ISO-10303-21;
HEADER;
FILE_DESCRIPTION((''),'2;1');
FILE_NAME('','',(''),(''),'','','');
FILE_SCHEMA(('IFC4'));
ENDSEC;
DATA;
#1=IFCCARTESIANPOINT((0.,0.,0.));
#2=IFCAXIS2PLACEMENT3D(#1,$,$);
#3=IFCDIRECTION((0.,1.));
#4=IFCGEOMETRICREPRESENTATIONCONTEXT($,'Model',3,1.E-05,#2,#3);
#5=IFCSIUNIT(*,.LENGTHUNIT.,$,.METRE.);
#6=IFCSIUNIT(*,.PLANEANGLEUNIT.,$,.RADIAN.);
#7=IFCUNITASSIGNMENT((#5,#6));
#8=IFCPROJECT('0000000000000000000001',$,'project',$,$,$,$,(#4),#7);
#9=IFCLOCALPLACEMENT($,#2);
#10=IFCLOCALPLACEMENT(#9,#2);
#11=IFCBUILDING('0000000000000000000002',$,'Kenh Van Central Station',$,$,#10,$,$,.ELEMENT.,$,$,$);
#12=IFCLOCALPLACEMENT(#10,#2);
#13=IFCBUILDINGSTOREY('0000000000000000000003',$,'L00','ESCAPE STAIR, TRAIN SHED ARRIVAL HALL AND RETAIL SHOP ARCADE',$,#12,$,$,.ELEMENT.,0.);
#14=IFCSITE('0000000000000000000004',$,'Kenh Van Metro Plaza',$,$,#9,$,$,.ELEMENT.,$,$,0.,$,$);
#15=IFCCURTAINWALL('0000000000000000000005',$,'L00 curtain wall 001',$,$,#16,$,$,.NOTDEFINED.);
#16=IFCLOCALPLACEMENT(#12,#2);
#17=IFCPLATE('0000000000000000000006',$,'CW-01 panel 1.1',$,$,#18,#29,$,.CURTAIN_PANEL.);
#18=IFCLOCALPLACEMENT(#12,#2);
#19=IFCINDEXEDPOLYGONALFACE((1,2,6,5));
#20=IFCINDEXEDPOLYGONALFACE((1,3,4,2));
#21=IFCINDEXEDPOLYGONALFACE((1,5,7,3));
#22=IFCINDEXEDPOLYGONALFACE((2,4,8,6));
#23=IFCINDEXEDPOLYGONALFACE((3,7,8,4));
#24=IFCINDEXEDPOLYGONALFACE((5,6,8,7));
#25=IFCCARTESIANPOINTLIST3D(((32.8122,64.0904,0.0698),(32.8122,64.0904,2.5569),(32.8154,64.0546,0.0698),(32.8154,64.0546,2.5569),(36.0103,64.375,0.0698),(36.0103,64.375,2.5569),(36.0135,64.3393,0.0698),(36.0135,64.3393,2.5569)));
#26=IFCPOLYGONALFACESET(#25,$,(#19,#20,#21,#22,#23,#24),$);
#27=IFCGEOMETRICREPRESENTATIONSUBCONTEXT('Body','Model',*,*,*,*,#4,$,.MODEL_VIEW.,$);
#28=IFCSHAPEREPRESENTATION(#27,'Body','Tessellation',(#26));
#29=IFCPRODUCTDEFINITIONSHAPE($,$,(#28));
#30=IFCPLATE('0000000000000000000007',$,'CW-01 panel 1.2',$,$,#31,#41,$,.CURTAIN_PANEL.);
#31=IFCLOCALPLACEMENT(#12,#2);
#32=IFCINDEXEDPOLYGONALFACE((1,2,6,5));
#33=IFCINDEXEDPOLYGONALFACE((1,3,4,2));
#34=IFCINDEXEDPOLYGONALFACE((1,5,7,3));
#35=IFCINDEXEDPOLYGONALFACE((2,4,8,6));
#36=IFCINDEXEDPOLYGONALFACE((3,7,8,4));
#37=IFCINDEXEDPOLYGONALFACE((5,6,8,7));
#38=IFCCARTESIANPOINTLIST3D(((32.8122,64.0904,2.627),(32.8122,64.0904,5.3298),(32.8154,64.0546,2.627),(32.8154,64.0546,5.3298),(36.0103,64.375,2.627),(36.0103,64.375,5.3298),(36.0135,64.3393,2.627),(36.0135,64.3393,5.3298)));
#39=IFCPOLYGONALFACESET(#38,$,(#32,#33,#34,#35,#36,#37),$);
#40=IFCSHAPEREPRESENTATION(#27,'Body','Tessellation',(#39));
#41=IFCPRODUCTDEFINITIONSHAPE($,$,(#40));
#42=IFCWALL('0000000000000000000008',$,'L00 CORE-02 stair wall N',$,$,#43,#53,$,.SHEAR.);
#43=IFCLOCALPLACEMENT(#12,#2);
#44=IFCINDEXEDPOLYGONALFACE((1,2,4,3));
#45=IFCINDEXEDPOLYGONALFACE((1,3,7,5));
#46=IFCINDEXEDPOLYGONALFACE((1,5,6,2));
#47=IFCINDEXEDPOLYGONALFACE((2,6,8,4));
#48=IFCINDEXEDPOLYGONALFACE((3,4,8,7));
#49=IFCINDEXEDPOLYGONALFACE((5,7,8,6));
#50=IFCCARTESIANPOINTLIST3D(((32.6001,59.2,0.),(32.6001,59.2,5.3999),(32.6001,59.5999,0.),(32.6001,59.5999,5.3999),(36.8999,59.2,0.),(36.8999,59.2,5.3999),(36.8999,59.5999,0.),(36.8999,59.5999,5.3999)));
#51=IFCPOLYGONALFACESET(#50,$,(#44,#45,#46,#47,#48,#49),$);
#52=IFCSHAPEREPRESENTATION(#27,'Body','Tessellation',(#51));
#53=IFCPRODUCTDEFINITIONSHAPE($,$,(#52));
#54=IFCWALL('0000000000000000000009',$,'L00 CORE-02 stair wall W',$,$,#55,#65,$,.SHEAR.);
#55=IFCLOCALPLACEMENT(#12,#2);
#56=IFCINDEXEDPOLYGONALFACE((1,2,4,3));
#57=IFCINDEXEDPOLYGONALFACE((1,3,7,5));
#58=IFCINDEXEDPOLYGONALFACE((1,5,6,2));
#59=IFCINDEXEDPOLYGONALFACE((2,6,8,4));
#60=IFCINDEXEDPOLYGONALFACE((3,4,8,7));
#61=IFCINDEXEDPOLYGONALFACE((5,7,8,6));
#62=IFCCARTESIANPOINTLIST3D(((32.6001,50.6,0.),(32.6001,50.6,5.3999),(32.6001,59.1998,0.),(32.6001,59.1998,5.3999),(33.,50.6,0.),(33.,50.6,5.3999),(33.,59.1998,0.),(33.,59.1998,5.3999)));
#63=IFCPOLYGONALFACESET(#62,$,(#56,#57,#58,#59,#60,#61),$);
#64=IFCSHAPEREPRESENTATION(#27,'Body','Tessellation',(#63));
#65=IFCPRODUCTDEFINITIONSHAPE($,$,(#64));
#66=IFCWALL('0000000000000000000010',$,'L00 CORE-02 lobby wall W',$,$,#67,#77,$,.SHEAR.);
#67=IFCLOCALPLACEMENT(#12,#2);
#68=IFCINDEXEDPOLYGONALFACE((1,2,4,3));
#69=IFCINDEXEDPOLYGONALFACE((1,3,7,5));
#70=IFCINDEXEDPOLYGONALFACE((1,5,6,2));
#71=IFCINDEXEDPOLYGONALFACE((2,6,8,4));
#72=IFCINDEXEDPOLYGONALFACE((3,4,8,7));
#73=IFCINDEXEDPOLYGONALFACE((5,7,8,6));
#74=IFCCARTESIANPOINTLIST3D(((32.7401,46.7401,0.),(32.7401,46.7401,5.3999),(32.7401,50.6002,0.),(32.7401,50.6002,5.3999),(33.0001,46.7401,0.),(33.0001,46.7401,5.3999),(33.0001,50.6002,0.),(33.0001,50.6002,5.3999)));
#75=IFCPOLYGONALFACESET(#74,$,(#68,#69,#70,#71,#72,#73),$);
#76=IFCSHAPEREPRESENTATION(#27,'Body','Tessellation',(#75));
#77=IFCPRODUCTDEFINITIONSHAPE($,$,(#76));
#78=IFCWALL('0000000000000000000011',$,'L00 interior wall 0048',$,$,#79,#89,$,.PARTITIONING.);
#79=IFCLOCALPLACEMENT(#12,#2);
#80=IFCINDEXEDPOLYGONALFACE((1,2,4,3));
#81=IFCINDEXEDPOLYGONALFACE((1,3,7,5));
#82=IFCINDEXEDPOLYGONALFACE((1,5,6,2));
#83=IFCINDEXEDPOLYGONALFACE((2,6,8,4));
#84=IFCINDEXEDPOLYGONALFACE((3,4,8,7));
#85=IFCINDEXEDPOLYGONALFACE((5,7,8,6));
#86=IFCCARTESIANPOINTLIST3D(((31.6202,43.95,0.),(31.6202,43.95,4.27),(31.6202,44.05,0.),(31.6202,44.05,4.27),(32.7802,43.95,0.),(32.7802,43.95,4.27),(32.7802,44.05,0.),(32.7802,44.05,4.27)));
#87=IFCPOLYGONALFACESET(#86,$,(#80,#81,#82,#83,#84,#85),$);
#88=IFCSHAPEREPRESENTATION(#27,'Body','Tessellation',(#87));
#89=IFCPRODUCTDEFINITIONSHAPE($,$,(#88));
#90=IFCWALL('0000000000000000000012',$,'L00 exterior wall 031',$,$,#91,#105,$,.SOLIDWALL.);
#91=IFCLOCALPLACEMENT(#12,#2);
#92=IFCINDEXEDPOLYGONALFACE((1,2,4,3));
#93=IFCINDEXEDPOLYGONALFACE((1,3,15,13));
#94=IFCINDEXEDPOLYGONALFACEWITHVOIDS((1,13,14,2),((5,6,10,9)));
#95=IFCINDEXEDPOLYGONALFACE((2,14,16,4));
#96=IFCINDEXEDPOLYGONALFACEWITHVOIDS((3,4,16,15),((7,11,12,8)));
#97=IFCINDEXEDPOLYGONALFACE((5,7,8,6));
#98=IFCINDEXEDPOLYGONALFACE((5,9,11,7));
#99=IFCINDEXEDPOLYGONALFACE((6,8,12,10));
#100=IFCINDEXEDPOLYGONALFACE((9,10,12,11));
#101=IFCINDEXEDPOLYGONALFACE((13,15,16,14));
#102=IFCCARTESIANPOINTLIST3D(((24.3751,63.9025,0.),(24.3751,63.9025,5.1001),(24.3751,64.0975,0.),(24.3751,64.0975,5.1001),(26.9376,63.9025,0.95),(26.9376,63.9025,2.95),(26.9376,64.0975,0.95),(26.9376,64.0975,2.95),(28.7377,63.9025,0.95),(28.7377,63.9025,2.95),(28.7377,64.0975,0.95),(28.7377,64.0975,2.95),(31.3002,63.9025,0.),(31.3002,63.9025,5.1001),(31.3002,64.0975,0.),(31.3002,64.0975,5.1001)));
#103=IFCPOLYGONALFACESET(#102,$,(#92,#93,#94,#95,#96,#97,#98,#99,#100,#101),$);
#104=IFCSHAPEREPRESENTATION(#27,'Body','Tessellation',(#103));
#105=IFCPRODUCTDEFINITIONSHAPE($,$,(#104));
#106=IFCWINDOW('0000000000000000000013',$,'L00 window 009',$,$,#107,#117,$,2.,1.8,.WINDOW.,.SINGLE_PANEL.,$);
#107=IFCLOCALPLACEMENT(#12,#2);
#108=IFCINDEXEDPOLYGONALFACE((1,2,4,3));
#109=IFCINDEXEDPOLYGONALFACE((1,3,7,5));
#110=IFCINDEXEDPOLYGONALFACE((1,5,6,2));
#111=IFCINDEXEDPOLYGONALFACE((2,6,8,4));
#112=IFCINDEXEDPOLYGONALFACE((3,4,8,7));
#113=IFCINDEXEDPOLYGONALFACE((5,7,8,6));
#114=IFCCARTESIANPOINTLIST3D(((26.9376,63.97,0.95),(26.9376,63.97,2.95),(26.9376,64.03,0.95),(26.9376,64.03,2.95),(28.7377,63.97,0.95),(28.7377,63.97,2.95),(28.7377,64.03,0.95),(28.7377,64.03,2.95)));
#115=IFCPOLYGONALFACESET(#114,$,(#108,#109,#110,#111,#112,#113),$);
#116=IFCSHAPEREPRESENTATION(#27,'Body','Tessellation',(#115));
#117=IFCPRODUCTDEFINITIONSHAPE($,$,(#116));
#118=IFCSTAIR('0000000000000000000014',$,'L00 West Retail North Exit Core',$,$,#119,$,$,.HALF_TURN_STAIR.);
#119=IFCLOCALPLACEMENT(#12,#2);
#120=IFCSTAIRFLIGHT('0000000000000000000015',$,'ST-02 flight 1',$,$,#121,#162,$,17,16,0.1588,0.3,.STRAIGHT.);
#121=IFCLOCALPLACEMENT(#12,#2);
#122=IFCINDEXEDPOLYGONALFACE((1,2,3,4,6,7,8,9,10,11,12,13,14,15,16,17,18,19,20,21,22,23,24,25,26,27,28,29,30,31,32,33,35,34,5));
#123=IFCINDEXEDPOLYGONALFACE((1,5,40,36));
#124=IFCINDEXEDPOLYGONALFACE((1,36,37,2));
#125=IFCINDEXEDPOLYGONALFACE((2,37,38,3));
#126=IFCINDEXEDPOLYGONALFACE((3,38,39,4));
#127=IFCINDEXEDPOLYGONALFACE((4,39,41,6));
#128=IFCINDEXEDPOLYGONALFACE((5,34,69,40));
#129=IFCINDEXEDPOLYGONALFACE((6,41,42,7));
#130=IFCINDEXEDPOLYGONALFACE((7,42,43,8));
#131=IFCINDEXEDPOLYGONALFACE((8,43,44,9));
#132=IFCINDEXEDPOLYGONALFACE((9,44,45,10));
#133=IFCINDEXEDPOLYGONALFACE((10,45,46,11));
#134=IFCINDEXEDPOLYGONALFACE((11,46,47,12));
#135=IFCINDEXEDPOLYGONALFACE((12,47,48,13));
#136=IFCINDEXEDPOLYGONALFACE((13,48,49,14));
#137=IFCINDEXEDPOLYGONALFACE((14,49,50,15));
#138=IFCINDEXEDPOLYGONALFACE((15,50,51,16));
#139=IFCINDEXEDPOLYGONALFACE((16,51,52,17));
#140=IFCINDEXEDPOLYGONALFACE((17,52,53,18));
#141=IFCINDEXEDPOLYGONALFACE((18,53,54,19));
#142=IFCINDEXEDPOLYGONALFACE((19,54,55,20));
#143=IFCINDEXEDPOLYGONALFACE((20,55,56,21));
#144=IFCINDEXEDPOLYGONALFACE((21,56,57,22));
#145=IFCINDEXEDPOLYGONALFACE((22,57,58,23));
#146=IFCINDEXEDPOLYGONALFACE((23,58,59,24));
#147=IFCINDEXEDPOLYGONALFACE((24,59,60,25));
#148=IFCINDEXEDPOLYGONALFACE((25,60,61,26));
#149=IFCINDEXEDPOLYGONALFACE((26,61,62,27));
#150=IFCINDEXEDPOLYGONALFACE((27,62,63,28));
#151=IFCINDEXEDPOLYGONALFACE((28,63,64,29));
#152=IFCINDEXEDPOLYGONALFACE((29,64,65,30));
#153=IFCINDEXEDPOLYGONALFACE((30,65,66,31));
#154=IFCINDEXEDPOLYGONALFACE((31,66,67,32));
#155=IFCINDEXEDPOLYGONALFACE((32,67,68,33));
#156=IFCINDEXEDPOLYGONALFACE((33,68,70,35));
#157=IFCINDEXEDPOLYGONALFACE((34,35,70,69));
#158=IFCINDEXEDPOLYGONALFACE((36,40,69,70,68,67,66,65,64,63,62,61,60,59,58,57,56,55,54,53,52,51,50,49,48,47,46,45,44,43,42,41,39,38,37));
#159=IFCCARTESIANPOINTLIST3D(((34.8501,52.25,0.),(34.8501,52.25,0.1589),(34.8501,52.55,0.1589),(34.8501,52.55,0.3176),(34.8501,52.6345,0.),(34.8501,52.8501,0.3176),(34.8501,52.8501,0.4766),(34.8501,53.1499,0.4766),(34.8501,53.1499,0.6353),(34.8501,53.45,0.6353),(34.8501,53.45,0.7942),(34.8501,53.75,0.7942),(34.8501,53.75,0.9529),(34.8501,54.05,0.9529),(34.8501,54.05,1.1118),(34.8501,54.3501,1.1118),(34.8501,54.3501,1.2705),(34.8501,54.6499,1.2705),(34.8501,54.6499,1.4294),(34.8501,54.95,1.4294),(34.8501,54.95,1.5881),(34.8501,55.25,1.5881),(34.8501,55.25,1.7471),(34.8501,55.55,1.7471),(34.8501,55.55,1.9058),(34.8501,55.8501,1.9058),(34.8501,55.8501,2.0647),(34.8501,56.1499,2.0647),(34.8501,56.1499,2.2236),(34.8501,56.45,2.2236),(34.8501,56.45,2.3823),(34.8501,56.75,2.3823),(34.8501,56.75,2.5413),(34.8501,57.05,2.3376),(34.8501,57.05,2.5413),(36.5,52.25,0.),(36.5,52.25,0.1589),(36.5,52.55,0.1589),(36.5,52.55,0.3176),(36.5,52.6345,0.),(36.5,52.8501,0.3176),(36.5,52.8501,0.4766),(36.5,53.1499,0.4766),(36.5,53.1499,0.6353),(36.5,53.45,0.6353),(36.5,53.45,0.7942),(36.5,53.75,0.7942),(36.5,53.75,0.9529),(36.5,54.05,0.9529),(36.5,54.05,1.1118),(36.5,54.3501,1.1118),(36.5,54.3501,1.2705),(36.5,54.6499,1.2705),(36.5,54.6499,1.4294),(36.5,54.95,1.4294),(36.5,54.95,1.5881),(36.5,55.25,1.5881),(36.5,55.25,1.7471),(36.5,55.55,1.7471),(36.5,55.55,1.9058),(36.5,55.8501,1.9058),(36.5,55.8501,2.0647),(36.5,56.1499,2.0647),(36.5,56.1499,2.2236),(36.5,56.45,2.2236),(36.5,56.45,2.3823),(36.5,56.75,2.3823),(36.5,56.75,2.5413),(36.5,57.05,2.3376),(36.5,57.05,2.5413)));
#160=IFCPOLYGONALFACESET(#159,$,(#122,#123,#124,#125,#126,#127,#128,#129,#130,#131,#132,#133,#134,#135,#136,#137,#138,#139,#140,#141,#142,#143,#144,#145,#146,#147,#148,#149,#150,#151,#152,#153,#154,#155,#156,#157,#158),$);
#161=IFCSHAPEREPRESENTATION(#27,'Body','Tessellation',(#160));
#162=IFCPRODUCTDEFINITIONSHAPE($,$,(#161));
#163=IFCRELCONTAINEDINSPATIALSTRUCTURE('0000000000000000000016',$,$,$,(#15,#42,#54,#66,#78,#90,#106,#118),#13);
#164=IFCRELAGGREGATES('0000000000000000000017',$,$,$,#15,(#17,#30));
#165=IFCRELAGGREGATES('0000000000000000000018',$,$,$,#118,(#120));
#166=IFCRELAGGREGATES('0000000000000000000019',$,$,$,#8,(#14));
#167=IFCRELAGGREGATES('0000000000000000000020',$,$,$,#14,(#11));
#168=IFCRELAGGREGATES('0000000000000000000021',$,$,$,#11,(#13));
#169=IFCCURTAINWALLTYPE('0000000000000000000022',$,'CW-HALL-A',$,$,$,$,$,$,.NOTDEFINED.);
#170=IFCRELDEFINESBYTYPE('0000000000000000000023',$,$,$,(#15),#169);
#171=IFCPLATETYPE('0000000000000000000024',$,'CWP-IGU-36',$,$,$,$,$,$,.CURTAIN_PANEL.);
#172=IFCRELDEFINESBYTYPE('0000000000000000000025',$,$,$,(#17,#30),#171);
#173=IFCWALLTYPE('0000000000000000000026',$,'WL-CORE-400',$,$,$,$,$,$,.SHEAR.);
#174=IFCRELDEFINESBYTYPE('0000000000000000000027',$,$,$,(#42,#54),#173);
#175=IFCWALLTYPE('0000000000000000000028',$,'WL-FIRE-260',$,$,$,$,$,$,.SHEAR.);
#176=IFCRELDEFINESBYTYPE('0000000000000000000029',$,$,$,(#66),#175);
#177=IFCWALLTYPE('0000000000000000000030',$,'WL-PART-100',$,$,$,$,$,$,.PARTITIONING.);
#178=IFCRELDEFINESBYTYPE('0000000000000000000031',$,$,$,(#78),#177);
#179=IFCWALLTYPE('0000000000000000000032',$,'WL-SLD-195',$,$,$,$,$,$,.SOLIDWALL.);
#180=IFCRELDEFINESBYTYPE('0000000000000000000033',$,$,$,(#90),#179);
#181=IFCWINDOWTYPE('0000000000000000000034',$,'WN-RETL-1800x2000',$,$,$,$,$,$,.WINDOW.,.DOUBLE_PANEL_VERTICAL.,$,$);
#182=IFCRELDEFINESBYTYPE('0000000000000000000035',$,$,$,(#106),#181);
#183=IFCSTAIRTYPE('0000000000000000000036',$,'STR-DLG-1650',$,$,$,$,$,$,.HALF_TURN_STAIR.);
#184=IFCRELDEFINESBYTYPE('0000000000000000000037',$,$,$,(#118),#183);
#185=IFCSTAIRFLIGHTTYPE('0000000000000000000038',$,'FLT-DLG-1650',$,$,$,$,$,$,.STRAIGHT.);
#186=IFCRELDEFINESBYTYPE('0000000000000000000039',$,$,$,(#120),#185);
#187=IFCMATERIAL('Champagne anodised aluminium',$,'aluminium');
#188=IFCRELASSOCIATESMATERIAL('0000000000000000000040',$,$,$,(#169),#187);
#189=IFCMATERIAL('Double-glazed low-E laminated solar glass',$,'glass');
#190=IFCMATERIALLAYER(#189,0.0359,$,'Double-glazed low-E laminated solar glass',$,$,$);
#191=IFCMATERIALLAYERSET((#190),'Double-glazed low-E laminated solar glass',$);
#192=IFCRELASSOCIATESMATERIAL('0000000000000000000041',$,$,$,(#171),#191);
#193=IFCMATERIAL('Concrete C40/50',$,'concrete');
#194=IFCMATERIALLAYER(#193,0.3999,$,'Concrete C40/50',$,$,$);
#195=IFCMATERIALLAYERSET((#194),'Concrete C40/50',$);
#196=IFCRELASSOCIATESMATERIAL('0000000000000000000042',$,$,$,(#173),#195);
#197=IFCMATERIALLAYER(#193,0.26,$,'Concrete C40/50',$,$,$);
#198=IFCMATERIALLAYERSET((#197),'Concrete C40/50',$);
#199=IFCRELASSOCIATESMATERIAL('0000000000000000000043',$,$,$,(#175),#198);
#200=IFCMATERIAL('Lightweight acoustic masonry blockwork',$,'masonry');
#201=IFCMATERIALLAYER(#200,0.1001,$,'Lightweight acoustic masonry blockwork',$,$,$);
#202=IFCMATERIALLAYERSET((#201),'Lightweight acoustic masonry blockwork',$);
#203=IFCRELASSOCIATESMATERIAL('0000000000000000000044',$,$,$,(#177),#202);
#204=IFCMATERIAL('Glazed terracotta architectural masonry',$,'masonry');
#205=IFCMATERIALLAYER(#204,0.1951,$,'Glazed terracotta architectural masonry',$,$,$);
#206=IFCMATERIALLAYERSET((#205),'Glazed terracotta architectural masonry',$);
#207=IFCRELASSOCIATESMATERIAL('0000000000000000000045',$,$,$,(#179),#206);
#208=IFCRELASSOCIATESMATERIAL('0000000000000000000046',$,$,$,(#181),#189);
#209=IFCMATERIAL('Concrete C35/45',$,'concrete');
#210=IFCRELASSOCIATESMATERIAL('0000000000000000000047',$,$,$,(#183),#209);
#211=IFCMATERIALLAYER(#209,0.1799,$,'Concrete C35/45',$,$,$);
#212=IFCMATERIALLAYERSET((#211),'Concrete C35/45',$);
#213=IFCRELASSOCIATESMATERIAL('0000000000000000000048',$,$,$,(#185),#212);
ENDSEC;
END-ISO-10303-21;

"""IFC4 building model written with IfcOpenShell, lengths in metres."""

from ifc_helpers import new_model, si_unit, direction, frame, frame_2d, origin, origin_2d, place, context, subcontext, project, spatial, polyline, rectangle, outline, extrude, material, layer, layer_set, type_object, element, fill, aggregate, save


model = new_model("IFC4")

# Units and contexts
model_context = context("Model", 3, precision=1e-05, world=origin(), true_north=direction((0.0, 1.0)))
body_context = subcontext(model_context, "Body", "Model", "MODEL_VIEW")
ifc_project = project(units=[si_unit("LENGTHUNIT", "METRE"), si_unit("PLANEANGLEUNIT", "RADIAN")], contexts=[model_context])

# Site, building, storey
site_placement = place(None, origin())
site = spatial("IfcSite", under=ifc_project, at=site_placement, Name="Kenh Van Metro Plaza", CompositionType="ELEMENT", RefElevation=0.0)
building_placement = place(site_placement, origin())
building = spatial("IfcBuilding", under=site, at=building_placement, Name="Kenh Van Central Station", CompositionType="ELEMENT")
storey_placement = place(building_placement, origin())
storey = spatial("IfcBuildingStorey", under=building, at=storey_placement, Name="L00", Description="ESCAPE STAIR, TRAIN SHED ARRIVAL HALL AND RETAIL SHOP ARCADE", CompositionType="ELEMENT", Elevation=0.0)

# Shared definitions
ifc_material_1 = material(Name="Concrete C40/50", Category="concrete")

# Shared definitions
ifc_material_2 = material(Name="Concrete C35/45", Category="concrete")

# Curtain wall
ifc_material_3 = material(Name="Champagne anodised aluminium", Category="aluminium")
curtain_wall_type = type_object("IfcCurtainWallType", Name="CW-HALL-A", PredefinedType="NOTDEFINED", material=ifc_material_3)
curtain_wall_placement = place(storey_placement, origin())
curtain_wall = element("IfcCurtainWall", 1, at=curtain_wall_placement, inside=storey, type_object=curtain_wall_type, Name="L00 curtain wall 001", PredefinedType="NOTDEFINED")

# Plates
ifc_material_4 = material(Name="Double-glazed low-E laminated solar glass", Category="glass")
ifc_layer_1 = layer(ifc_material_4, 0.0359, Name="Double-glazed low-E laminated solar glass")
ifc_layer_set_1 = layer_set([ifc_layer_1], Name="Double-glazed low-E laminated solar glass")
plate_type = type_object("IfcPlateType", Name="CWP-IGU-36", PredefinedType="CURTAIN_PANEL", material=ifc_layer_set_1)
plate_1_placement = place(storey_placement, frame((34.4128, 64.2148, 0.0698), z_axis=(0.0, 0.0, 1.0), x_axis=(0.996062, 0.08866, 0.0)))
plate_1 = element("IfcPlate", 2, at=plate_1_placement, type_object=plate_type, Name="CW-01 panel 1.1", PredefinedType="CURTAIN_PANEL", context=body_context, shape_type="SweptSolid", body=[
    extrude(rectangle(XDim=3.2107, YDim=0.0359, at=origin_2d()), origin(), (0.0, 0.0, 1.0), 2.4871),
])
plate_2_placement = place(storey_placement, frame((34.4128, 64.2148, 2.627), z_axis=(0.0, 0.0, 1.0), x_axis=(0.996062, 0.08866, 0.0)))
plate_2 = element("IfcPlate", 3, at=plate_2_placement, type_object=plate_type, Name="CW-01 panel 1.2", PredefinedType="CURTAIN_PANEL", context=body_context, shape_type="SweptSolid", body=[
    extrude(rectangle(XDim=3.2107, YDim=0.0359, at=origin_2d()), origin(), (0.0, 0.0, 1.0), 2.7029),
])
aggregate(curtain_wall, [plate_1, plate_2])

# Shared definitions
ifc_layer_2 = layer(ifc_material_1, 0.3999, Name="Concrete C40/50")
ifc_layer_set_2 = layer_set([ifc_layer_2], Name="Concrete C40/50")
wall_type_1 = type_object("IfcWallType", Name="WL-CORE-400", PredefinedType="SHEAR", material=ifc_layer_set_2)

# Walls
wall_1_placement = place(storey_placement, frame((32.6001, 59.3999, 0.0), z_axis=(0.0, 0.0, 1.0), x_axis=(1.0, 0.0, 0.0)))
element("IfcWall", 4, at=wall_1_placement, inside=storey, type_object=wall_type_1, Name="L00 CORE-02 stair wall N", PredefinedType="SHEAR", context=body_context, shape_type="SweptSolid", body=[
    extrude(rectangle(XDim=4.2998, YDim=0.3999, at=frame_2d((2.1499, 0.0))), origin(), (0.0, 0.0, 1.0), 5.3999),
])
wall_2_placement = place(storey_placement, frame((32.8, 50.6001, 0.0), z_axis=(0.0, 0.0, 1.0), x_axis=(0.0, 1.0, 0.0)))
element("IfcWall", 5, at=wall_2_placement, inside=storey, type_object=wall_type_1, Name="L00 CORE-02 stair wall W", PredefinedType="SHEAR", context=body_context, shape_type="SweptSolid", body=[
    extrude(rectangle(XDim=8.5999, YDim=0.3999, at=frame_2d((4.2998, 0.0))), origin(), (0.0, 0.0, 1.0), 5.3999),
])
ifc_layer_3 = layer(ifc_material_1, 0.26, Name="Concrete C40/50")
ifc_layer_set_3 = layer_set([ifc_layer_3], Name="Concrete C40/50")
wall_type_2 = type_object("IfcWallType", Name="WL-FIRE-260", PredefinedType="SHEAR", material=ifc_layer_set_3)
wall_3_placement = place(storey_placement, frame((32.8701, 46.74, 0.0), z_axis=(0.0, 0.0, 1.0), x_axis=(0.0, 1.0, 0.0)))
element("IfcWall", 6, at=wall_3_placement, inside=storey, type_object=wall_type_2, Name="L00 CORE-02 lobby wall W", PredefinedType="SHEAR", context=body_context, shape_type="SweptSolid", body=[
    extrude(rectangle(XDim=3.8601, YDim=0.26, at=frame_2d((1.9302, 0.0))), origin(), (0.0, 0.0, 1.0), 5.3999),
])
ifc_material_5 = material(Name="Lightweight acoustic masonry blockwork", Category="masonry")
ifc_layer_4 = layer(ifc_material_5, 0.1001, Name="Lightweight acoustic masonry blockwork")
ifc_layer_set_4 = layer_set([ifc_layer_4], Name="Lightweight acoustic masonry blockwork")
wall_type_3 = type_object("IfcWallType", Name="WL-PART-100", PredefinedType="PARTITIONING", material=ifc_layer_set_4)
wall_4_placement = place(storey_placement, frame((31.6201, 44.0, 0.0), z_axis=(0.0, 0.0, 1.0), x_axis=(1.0, 0.0, 0.0)))
element("IfcWall", 7, at=wall_4_placement, inside=storey, type_object=wall_type_3, Name="L00 interior wall 0048", PredefinedType="PARTITIONING", context=body_context, shape_type="SweptSolid", body=[
    extrude(rectangle(XDim=1.1599, YDim=0.1001, at=frame_2d((0.5801, 0.0))), origin(), (0.0, 0.0, 1.0), 4.27),
])

# Wall, opening, window
ifc_material_6 = material(Name="Glazed terracotta architectural masonry", Category="masonry")
ifc_layer_5 = layer(ifc_material_6, 0.1951, Name="Glazed terracotta architectural masonry")
ifc_layer_set_5 = layer_set([ifc_layer_5], Name="Glazed terracotta architectural masonry")
wall_type_4 = type_object("IfcWallType", Name="WL-SLD-195", PredefinedType="SOLIDWALL", material=ifc_layer_set_5)
wall_5_placement = place(storey_placement, frame((31.3, 64.0, 0.0), z_axis=(0.0, 0.0, 1.0), x_axis=(-1.0, 0.0, 0.0)))
wall_5 = element("IfcWall", 8, at=wall_5_placement, inside=storey, type_object=wall_type_4, Name="L00 exterior wall 031", PredefinedType="SOLIDWALL", context=body_context, shape_type="SweptSolid", body=[
    extrude(rectangle(XDim=6.925, YDim=0.1951, at=frame_2d((3.4624, 0.0))), origin(), (0.0, 0.0, 1.0), 5.1001),
])
opening_1_placement = place(wall_5_placement, frame((2.5625, 0.0, 0.95)))
opening_1 = element("IfcOpeningElement", 9, at=opening_1_placement, cuts=wall_5, PredefinedType="OPENING", context=body_context, shape_type="SweptSolid", body=[
    extrude(rectangle(XDim=1.8, YDim=2.0, at=frame_2d((0.8999, 1.0))), frame((0.0, 0.1074, 0.0), z_axis=(0.0, -1.0, 0.0), x_axis=(1.0, 0.0, 0.0)), (0.0, 0.0, 1.0), 0.2151),
])
window_type = type_object("IfcWindowType", Name="WN-RETL-1800x2000", PartitioningType="DOUBLE_PANEL_VERTICAL", PredefinedType="WINDOW", material=ifc_material_4)
window_placement = place(opening_1_placement, origin())
window = element("IfcWindow", 10, at=window_placement, inside=storey, type_object=window_type, Name="L00 window 009", OverallHeight=2.0, OverallWidth=1.8, PartitioningType="SINGLE_PANEL", PredefinedType="WINDOW", context=body_context, shape_type="SweptSolid", body=[
    extrude(rectangle(XDim=1.8, YDim=2.0, at=frame_2d((0.8999, 1.0))), frame((0.0, 0.03, 0.0), z_axis=(0.0, -1.0, 0.0), x_axis=(1.0, 0.0, 0.0)), (0.0, 0.0, 1.0), 0.0601),
])
fill(opening_1, window)

# Stair, stair flight
stair_type = type_object("IfcStairType", Name="STR-DLG-1650", PredefinedType="HALF_TURN_STAIR", material=ifc_material_2)
stair_placement = place(storey_placement, origin())
stair = element("IfcStair", 11, at=stair_placement, inside=storey, type_object=stair_type, Name="L00 West Retail North Exit Core", PredefinedType="HALF_TURN_STAIR")
ifc_layer_6 = layer(ifc_material_2, 0.1799, Name="Concrete C35/45")
ifc_layer_set_6 = layer_set([ifc_layer_6], Name="Concrete C35/45")
stair_flight_type = type_object("IfcStairFlightType", Name="FLT-DLG-1650", PredefinedType="STRAIGHT", material=ifc_layer_set_6)
stair_flight_1_placement = place(storey_placement, frame((35.675, 52.25, 0.0), z_axis=(0.0, 0.0, 1.0), x_axis=(0.0, 1.0, 0.0)))
stair_flight_1 = element("IfcStairFlight", 12, at=stair_flight_1_placement, type_object=stair_flight_type, Name="ST-02 flight 1", NumberOfRisers=17, NumberOfTreads=16, PredefinedType="STRAIGHT", RiserHeight=0.1588, TreadLength=0.3, context=body_context, shape_type="SweptSolid", body=[
    extrude(outline(polyline([(0.0, 0.0), (0.0, 0.1589), (0.3, 0.1589), (0.3, 0.3176), (0.6001, 0.3176), (0.6001, 0.4766), (0.8999, 0.4766), (0.8999, 0.6353), (1.2, 0.6353), (1.2, 0.7942), (1.5, 0.7942), (1.5, 0.9529), (1.8, 0.9529), (1.8, 1.1118), (2.1001, 1.1118), (2.1001, 1.2705), (2.3999, 1.2705), (2.3999, 1.4294), (2.7, 1.4294), (2.7, 1.5881), (3.0, 1.5881), (3.0, 1.7471), (3.3, 1.7471), (3.3, 1.9058), (3.6001, 1.9058), (3.6001, 2.0647), (3.8999, 2.0647), (3.8999, 2.2236), (4.2, 2.2236), (4.2, 2.3823), (4.5, 2.3823), (4.5, 2.5413), (4.8, 2.5413), (4.8, 2.7), (4.8, 2.3376), (0.3845, 0.0), (0.0, 0.0)])), frame((0.0, 0.825, 0.0), z_axis=(0.0, -1.0, 0.0), x_axis=(1.0, 0.0, 0.0)), (0.0, 0.0, 1.0), 1.6499),
])
aggregate(stair, [stair_flight_1])

save(model, "model.ifc")
